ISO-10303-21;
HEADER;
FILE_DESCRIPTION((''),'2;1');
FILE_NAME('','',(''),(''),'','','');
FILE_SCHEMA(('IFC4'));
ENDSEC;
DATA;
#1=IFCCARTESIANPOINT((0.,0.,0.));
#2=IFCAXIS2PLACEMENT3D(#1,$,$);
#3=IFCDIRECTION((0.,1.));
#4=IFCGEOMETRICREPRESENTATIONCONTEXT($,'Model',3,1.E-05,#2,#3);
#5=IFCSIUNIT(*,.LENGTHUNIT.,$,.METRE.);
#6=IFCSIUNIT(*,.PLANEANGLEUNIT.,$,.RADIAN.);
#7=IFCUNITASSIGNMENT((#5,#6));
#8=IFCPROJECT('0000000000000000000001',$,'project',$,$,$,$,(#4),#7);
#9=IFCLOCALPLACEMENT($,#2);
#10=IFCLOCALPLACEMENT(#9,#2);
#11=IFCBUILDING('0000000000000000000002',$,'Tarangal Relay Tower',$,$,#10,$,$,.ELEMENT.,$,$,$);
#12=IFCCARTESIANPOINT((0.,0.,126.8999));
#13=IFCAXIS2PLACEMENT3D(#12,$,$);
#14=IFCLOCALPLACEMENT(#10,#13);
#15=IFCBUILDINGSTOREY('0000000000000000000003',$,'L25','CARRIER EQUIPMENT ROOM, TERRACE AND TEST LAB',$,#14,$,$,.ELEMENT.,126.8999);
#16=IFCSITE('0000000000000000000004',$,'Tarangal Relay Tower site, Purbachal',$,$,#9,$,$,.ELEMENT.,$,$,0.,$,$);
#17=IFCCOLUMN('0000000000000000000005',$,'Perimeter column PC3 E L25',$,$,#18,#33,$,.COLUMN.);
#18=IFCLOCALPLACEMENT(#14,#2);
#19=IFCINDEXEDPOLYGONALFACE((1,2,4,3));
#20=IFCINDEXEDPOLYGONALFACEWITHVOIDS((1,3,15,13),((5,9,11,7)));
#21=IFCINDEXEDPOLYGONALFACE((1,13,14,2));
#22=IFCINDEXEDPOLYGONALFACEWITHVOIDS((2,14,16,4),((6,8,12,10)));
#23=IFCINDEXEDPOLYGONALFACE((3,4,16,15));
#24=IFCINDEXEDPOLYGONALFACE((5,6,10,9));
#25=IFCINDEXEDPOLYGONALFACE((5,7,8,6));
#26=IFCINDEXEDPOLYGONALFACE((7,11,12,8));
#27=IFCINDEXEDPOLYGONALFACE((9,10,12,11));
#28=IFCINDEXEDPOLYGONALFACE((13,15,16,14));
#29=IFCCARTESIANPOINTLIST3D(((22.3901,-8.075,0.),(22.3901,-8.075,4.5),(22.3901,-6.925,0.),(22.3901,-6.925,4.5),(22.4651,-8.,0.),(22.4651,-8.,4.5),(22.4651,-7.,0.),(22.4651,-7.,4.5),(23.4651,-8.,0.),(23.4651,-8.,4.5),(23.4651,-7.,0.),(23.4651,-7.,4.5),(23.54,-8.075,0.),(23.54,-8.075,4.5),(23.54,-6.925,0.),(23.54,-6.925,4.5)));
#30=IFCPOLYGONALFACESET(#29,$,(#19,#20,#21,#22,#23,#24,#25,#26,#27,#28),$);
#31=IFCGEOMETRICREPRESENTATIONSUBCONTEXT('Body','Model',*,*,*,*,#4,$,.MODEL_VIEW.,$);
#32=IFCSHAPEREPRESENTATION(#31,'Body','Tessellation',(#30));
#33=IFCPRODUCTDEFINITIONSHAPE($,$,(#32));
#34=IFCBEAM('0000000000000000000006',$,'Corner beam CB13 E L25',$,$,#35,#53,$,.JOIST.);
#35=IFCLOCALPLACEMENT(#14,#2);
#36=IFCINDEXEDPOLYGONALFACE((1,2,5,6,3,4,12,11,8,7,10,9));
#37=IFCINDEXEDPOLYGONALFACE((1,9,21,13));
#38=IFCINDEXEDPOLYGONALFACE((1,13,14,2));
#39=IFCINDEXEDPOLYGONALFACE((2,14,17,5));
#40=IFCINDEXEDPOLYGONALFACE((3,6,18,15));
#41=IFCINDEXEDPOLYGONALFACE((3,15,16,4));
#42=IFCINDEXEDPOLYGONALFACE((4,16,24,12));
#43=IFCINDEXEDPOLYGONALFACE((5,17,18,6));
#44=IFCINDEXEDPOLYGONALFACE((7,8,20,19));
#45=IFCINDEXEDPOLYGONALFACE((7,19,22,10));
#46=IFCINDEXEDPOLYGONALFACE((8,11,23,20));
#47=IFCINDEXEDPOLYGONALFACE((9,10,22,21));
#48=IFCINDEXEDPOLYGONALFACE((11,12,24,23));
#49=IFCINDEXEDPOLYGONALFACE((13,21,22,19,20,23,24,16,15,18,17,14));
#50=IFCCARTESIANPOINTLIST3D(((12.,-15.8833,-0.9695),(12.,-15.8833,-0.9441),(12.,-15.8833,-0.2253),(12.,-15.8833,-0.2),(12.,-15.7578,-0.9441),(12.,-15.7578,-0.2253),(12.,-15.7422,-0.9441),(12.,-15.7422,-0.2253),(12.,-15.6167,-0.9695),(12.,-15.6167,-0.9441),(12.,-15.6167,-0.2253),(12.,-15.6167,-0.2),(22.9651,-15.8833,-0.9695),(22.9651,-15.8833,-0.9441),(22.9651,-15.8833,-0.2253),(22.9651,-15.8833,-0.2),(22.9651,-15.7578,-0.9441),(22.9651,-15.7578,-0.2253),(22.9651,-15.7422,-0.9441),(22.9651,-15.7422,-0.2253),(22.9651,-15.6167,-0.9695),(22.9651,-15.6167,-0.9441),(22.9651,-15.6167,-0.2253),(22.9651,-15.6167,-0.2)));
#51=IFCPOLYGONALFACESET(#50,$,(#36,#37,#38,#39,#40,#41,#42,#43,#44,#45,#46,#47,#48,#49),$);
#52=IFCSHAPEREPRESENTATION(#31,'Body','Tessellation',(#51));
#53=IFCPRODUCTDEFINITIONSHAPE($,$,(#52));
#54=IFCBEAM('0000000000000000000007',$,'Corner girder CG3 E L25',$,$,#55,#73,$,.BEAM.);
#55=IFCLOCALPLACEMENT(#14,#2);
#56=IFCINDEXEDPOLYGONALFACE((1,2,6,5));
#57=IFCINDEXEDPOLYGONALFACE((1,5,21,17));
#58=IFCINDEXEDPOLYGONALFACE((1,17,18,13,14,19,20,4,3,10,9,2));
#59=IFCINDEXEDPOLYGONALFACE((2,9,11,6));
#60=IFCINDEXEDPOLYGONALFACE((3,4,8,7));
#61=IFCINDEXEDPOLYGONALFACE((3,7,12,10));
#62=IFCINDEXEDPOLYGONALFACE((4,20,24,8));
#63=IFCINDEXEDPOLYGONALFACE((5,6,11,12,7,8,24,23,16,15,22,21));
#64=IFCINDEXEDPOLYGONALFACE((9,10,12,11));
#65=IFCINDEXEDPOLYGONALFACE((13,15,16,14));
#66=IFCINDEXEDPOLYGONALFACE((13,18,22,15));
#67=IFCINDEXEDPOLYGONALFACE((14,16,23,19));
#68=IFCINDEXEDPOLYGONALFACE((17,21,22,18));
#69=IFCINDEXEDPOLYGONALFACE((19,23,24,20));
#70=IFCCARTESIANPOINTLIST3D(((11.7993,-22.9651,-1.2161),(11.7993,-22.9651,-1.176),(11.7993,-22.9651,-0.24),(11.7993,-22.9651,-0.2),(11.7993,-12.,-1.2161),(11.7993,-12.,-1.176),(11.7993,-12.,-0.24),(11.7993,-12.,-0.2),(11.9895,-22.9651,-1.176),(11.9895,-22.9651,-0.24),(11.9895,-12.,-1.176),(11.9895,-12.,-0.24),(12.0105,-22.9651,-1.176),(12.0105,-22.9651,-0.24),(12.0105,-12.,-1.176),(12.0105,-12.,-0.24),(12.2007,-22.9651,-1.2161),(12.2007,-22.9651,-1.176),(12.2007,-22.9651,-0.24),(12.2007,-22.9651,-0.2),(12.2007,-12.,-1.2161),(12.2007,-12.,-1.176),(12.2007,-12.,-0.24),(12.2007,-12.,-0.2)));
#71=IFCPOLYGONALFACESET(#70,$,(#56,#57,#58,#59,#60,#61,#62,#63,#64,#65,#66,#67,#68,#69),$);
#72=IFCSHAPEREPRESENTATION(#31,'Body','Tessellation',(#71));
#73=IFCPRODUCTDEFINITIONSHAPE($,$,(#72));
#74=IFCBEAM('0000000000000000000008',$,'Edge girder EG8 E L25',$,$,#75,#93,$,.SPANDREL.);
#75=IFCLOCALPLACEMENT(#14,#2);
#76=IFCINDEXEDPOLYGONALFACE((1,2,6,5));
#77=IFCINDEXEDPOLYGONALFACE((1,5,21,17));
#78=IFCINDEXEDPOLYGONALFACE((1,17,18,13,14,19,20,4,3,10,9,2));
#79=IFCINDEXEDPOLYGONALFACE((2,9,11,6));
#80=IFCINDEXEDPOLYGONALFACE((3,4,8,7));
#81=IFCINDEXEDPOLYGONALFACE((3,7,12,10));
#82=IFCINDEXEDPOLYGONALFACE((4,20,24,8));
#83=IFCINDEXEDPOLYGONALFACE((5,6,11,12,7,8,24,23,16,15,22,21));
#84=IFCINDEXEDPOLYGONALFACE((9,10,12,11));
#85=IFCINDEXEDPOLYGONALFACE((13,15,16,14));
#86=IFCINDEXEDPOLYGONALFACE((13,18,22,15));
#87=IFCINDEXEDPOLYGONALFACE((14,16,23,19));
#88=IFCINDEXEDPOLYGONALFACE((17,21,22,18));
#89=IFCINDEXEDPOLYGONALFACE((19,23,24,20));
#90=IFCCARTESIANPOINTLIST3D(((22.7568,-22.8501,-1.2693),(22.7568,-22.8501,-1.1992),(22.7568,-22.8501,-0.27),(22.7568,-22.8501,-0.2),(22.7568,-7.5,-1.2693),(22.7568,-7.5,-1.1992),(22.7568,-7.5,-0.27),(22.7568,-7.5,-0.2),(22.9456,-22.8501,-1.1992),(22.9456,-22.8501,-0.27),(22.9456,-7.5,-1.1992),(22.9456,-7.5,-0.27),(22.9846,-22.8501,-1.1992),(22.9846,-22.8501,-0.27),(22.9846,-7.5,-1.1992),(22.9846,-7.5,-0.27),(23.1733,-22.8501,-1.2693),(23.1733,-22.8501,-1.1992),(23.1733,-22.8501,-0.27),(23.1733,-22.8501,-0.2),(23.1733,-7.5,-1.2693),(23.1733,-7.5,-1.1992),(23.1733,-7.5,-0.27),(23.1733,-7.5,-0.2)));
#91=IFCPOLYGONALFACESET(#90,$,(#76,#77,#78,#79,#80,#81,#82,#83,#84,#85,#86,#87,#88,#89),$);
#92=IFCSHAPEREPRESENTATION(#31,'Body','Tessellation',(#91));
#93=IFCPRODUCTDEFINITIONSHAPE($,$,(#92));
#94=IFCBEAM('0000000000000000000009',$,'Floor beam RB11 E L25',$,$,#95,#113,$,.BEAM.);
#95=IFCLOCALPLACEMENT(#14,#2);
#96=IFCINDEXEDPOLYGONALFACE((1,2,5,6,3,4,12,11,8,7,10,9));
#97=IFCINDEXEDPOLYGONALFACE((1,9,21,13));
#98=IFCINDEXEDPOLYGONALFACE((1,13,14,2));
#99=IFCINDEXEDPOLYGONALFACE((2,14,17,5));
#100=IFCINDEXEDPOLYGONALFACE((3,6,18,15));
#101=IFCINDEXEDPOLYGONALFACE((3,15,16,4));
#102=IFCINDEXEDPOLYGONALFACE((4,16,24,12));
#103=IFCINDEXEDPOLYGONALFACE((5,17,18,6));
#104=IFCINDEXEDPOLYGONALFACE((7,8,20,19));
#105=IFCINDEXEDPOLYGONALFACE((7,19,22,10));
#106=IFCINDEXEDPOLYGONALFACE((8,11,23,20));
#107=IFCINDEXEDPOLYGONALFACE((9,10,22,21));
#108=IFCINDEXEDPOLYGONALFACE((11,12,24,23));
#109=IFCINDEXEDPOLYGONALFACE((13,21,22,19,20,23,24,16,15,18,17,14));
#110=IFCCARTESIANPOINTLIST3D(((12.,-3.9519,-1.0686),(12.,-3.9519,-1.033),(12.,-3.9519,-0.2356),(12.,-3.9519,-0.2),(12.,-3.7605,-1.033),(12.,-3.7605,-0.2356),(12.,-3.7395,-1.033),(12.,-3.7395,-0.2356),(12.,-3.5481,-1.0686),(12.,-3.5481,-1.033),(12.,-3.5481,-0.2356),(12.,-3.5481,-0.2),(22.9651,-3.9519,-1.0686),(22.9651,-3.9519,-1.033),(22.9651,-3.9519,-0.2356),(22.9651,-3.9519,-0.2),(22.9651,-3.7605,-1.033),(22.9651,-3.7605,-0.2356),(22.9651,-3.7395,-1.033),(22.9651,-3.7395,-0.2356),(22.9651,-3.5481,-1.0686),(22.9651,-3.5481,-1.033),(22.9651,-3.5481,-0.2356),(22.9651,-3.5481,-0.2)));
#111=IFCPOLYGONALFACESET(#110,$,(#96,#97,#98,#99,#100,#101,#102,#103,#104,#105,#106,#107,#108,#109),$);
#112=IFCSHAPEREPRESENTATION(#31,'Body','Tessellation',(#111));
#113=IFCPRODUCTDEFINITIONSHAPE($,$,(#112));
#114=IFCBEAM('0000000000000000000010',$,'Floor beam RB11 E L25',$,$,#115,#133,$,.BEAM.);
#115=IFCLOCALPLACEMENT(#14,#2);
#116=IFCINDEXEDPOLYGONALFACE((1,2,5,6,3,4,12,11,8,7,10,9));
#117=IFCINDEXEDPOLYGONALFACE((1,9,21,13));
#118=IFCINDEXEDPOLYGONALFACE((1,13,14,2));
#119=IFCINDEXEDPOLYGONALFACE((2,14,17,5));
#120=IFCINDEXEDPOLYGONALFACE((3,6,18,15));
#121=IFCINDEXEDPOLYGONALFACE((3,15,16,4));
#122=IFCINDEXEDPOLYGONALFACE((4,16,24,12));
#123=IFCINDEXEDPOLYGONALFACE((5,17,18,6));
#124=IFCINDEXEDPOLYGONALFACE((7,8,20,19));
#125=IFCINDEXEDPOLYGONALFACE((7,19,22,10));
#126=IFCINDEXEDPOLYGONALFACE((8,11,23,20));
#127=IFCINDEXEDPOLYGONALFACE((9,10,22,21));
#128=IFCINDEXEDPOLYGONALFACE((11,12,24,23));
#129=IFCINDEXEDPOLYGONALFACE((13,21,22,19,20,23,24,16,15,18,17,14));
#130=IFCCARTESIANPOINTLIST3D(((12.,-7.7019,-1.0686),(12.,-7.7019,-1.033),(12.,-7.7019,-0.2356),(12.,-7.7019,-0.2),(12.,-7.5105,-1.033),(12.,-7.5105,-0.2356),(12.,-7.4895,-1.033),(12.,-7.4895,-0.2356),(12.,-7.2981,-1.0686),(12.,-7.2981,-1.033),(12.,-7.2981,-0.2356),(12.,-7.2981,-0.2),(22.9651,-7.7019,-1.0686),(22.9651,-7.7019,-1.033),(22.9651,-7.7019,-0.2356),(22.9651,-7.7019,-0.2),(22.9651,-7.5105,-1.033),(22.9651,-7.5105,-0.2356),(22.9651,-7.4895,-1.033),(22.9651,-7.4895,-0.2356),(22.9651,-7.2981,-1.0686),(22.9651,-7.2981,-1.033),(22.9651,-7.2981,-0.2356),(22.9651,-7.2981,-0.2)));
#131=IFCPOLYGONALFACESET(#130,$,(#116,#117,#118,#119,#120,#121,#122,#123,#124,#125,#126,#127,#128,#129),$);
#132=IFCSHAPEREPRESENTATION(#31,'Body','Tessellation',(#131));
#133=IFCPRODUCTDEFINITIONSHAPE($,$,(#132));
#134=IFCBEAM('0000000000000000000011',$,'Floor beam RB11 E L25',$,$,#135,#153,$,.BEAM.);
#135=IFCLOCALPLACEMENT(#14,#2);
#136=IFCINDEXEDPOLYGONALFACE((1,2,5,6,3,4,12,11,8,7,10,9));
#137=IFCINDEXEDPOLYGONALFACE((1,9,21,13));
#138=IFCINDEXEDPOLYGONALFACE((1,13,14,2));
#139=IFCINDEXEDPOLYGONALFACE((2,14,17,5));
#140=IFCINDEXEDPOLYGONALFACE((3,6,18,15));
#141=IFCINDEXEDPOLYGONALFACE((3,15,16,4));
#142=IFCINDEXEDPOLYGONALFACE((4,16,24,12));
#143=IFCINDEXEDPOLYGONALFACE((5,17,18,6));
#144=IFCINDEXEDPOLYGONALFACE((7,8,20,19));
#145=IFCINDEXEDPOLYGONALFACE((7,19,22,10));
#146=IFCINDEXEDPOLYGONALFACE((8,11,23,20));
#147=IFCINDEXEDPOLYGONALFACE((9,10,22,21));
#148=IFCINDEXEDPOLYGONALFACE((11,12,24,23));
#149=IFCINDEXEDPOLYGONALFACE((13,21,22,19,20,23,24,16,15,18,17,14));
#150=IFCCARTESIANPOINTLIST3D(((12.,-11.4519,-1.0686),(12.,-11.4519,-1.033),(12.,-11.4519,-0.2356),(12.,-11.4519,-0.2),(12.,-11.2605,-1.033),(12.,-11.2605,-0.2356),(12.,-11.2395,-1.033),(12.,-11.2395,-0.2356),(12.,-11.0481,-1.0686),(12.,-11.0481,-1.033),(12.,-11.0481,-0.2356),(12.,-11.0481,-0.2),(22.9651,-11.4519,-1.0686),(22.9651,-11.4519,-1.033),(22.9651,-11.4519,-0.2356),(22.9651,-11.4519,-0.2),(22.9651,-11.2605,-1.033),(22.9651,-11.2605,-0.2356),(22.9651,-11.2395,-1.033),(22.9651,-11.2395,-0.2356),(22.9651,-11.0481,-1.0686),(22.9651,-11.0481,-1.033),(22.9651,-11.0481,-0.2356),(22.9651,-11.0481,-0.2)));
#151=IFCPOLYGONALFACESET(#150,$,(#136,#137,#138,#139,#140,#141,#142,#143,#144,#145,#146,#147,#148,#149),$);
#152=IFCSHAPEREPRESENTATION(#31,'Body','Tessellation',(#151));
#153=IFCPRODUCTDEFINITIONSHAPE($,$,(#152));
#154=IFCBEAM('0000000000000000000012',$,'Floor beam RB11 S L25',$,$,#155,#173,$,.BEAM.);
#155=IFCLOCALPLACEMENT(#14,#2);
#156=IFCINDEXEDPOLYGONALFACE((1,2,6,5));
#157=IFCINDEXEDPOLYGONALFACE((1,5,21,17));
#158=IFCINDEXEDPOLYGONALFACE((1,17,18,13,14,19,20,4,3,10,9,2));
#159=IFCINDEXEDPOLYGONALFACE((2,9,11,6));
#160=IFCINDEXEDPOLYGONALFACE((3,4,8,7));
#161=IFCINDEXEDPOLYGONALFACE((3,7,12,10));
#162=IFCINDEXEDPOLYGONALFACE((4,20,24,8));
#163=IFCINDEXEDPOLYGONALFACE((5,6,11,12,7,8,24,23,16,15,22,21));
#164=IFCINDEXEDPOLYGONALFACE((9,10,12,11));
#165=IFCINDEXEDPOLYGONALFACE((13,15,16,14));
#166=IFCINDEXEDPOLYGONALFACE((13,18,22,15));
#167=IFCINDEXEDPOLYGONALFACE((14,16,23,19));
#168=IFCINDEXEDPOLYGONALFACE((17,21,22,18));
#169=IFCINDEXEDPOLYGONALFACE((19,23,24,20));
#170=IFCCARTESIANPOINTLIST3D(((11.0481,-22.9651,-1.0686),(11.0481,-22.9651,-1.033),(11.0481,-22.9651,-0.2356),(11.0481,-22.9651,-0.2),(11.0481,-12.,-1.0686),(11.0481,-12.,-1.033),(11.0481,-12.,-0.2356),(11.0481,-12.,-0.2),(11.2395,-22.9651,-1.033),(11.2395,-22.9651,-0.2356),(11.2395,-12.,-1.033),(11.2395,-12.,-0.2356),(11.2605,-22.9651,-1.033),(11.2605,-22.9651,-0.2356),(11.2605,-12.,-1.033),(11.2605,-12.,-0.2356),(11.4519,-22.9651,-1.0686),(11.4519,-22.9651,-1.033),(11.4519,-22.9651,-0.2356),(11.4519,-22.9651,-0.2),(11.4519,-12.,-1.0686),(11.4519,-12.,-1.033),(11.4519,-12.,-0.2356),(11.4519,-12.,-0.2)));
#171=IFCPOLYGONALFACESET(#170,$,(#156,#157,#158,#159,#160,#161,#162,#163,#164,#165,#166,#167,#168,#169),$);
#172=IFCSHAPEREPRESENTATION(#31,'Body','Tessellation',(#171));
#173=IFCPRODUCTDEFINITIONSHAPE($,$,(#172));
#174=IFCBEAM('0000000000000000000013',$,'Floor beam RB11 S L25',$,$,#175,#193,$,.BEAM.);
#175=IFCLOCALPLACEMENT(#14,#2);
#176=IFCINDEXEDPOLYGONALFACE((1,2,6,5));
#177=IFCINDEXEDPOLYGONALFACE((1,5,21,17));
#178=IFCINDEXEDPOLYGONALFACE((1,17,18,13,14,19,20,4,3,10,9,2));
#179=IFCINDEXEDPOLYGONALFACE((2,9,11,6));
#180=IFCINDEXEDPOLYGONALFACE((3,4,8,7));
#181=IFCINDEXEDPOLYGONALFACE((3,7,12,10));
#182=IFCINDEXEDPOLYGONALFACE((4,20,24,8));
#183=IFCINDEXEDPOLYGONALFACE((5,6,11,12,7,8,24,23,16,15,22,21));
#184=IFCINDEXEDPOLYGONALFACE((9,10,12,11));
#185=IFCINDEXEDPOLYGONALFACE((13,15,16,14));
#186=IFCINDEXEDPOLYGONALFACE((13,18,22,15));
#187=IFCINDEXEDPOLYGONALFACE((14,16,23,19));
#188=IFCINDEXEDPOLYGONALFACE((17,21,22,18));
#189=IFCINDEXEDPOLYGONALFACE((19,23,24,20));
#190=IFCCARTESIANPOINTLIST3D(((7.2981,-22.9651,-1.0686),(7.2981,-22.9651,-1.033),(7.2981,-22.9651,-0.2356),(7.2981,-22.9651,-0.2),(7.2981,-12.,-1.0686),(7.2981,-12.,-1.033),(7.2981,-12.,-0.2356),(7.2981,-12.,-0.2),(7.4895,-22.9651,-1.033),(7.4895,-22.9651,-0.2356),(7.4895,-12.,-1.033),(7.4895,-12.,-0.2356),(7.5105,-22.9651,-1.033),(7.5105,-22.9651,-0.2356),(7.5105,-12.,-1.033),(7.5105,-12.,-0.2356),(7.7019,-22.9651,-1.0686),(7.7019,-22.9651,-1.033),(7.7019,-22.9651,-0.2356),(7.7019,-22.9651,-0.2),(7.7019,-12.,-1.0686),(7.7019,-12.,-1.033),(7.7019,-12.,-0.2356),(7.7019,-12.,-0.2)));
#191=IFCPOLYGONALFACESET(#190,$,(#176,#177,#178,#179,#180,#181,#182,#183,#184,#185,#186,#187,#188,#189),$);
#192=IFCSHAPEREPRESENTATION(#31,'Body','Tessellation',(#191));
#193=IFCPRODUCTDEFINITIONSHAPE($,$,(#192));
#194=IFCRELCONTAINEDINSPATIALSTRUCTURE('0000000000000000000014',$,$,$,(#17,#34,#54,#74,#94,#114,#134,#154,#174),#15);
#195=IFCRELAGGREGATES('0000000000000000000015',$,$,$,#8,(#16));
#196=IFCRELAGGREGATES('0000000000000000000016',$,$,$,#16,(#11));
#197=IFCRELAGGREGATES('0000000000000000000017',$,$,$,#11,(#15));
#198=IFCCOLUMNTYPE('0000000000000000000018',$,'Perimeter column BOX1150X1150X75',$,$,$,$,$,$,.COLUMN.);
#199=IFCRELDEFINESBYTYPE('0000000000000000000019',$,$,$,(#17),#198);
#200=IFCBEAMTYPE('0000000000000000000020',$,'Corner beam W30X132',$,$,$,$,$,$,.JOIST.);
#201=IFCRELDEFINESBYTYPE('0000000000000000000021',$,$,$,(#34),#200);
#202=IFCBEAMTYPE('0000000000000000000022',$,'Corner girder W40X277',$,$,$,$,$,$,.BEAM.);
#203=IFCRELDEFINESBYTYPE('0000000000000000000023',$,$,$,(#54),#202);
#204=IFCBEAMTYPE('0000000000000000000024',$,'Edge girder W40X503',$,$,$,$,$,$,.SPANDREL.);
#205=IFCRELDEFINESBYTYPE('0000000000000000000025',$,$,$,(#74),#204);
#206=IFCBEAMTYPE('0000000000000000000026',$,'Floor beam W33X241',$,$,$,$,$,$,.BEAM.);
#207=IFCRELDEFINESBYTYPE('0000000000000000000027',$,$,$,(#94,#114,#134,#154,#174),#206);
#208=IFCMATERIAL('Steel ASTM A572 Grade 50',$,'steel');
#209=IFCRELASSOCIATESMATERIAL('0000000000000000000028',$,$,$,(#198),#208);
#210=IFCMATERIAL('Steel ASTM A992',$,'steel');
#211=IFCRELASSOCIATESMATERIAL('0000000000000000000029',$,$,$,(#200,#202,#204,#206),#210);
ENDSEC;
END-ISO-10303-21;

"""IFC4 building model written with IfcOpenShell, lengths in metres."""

from ifc_helpers import new_model, si_unit, direction, frame, origin, origin_2d, place, context, subcontext, project, spatial, hollow_rectangle, i_section, extrude, material, material_profile, profile_set, type_object, element, save


model = new_model("IFC4")

# Units and contexts
model_context = context("Model", 3, precision=1e-05, world=origin(), true_north=direction((0.0, 1.0)))
body_context = subcontext(model_context, "Body", "Model", "MODEL_VIEW")
ifc_project = project(units=[si_unit("LENGTHUNIT", "METRE"), si_unit("PLANEANGLEUNIT", "RADIAN")], contexts=[model_context])

# Site, building, storey
site_placement = place(None, origin())
site = spatial("IfcSite", under=ifc_project, at=site_placement, Name="Tarangal Relay Tower site, Purbachal", CompositionType="ELEMENT", RefElevation=0.0)
building_placement = place(site_placement, origin())
building = spatial("IfcBuilding", under=site, at=building_placement, Name="Tarangal Relay Tower", CompositionType="ELEMENT")
storey_placement = place(building_placement, frame((0.0, 0.0, 126.8999)))
storey = spatial("IfcBuildingStorey", under=building, at=storey_placement, Name="L25", Description="CARRIER EQUIPMENT ROOM, TERRACE AND TEST LAB", CompositionType="ELEMENT", Elevation=126.8999)

# Column
ifc_material_1 = material(Name="Steel ASTM A572 Grade 50", Category="steel")
ifc_material_profile_1 = material_profile(ifc_material_1, hollow_rectangle(XDim=1.1499, YDim=1.1499, WallThickness=0.075, at=origin_2d()), Name="BOX1150X1150X75")
ifc_profile_set_1 = profile_set([ifc_material_profile_1], Name="Steel ASTM A572 Grade 50")
column_type = type_object("IfcColumnType", Name="Perimeter column BOX1150X1150X75", PredefinedType="COLUMN", material=ifc_profile_set_1)
column_placement = place(storey_placement, frame((22.9651, -7.5, 0.0), z_axis=(0.0, 0.0, 1.0), x_axis=(1.0, 0.0, 0.0)))
element("IfcColumn", 1, at=column_placement, inside=storey, type_object=column_type, Name="Perimeter column PC3 E L25", PredefinedType="COLUMN", context=body_context, shape_type="SweptSolid", body=[
    extrude(hollow_rectangle(XDim=1.1499, YDim=1.1499, WallThickness=0.075, at=origin_2d()), origin(), (0.0, 0.0, 1.0), 4.5),
])

# Beams
ifc_material_2 = material(Name="Steel ASTM A992", Category="steel")
ifc_material_profile_2 = material_profile(ifc_material_2, i_section(OverallWidth=0.2666, OverallDepth=0.7695, WebThickness=0.0156, FlangeThickness=0.0254, at=origin_2d()), Name="W30X132")
ifc_profile_set_2 = profile_set([ifc_material_profile_2], Name="Steel ASTM A992")
beam_type_1 = type_object("IfcBeamType", Name="Corner beam W30X132", PredefinedType="JOIST", material=ifc_profile_set_2)
beam_1_placement = place(storey_placement, frame((12.0, -15.75, -0.5847), z_axis=(1.0, 0.0, 0.0), x_axis=(0.0, 1.0, 0.0)))
element("IfcBeam", 2, at=beam_1_placement, inside=storey, type_object=beam_type_1, Name="Corner beam CB13 E L25", PredefinedType="JOIST", context=body_context, shape_type="SweptSolid", body=[
    extrude(i_section(OverallWidth=0.2666, OverallDepth=0.7695, WebThickness=0.0156, FlangeThickness=0.0254, at=origin_2d()), origin(), (0.0, 0.0, 1.0), 10.9651),
])
ifc_material_profile_3 = material_profile(ifc_material_2, i_section(OverallWidth=0.4014, OverallDepth=1.0161, WebThickness=0.021, FlangeThickness=0.04, at=origin_2d()), Name="W40X277")
ifc_profile_set_3 = profile_set([ifc_material_profile_3], Name="Steel ASTM A992")
beam_type_2 = type_object("IfcBeamType", Name="Corner girder W40X277", PredefinedType="BEAM", material=ifc_profile_set_3)
beam_2_placement = place(storey_placement, frame((12.0, -12.0, -0.708), z_axis=(0.0, -1.0, 0.0), x_axis=(1.0, 0.0, 0.0)))
element("IfcBeam", 3, at=beam_2_placement, inside=storey, type_object=beam_type_2, Name="Corner girder CG3 E L25", PredefinedType="BEAM", context=body_context, shape_type="SweptSolid", body=[
    extrude(i_section(OverallWidth=0.4014, OverallDepth=1.0161, WebThickness=0.021, FlangeThickness=0.04, at=origin_2d()), origin(), (0.0, 0.0, 1.0), 10.9651),
])
ifc_material_profile_4 = material_profile(ifc_material_2, i_section(OverallWidth=0.4165, OverallDepth=1.0693, WebThickness=0.0391, FlangeThickness=0.0701, at=origin_2d()), Name="W40X503")
ifc_profile_set_4 = profile_set([ifc_material_profile_4], Name="Steel ASTM A992")
beam_type_3 = type_object("IfcBeamType", Name="Edge girder W40X503", PredefinedType="SPANDREL", material=ifc_profile_set_4)
beam_3_placement = place(storey_placement, frame((22.9651, -7.5, -0.7346), z_axis=(0.0, -1.0, 0.0), x_axis=(1.0, 0.0, 0.0)))
element("IfcBeam", 4, at=beam_3_placement, inside=storey, type_object=beam_type_3, Name="Edge girder EG8 E L25", PredefinedType="SPANDREL", context=body_context, shape_type="SweptSolid", body=[
    extrude(i_section(OverallWidth=0.4165, OverallDepth=1.0693, WebThickness=0.0391, FlangeThickness=0.0701, at=origin_2d()), origin(), (0.0, 0.0, 1.0), 15.3501),
])
ifc_material_profile_5 = material_profile(ifc_material_2, i_section(OverallWidth=0.4038, OverallDepth=0.8687, WebThickness=0.021, FlangeThickness=0.0356, at=origin_2d()), Name="W33X241")
ifc_profile_set_5 = profile_set([ifc_material_profile_5], Name="Steel ASTM A992")
beam_type_4 = type_object("IfcBeamType", Name="Floor beam W33X241", PredefinedType="BEAM", material=ifc_profile_set_5)
for number, where, z_axis, x_axis, name in (
    (5, (12.0, -3.75, -0.6343), (1.0, 0.0, 0.0), (0.0, 1.0, 0.0), "Floor beam RB11 E L25"),
    (6, (12.0, -7.5, -0.6343), (1.0, 0.0, 0.0), (0.0, 1.0, 0.0), "Floor beam RB11 E L25"),
    (7, (12.0, -11.25, -0.6343), (1.0, 0.0, 0.0), (0.0, 1.0, 0.0), "Floor beam RB11 E L25"),
    (8, (11.25, -12.0, -0.6343), (0.0, -1.0, 0.0), (1.0, 0.0, 0.0), "Floor beam RB11 S L25"),
    (9, (7.5, -12.0, -0.6343), (0.0, -1.0, 0.0), (1.0, 0.0, 0.0), "Floor beam RB11 S L25"),
):
    element("IfcBeam", number, at=place(storey_placement, frame(where, z_axis=z_axis, x_axis=x_axis)), inside=storey, type_object=beam_type_4, Name=name, PredefinedType="BEAM", context=body_context, shape_type="SweptSolid", body=[
        extrude(i_section(OverallWidth=0.4038, OverallDepth=0.8687, WebThickness=0.021, FlangeThickness=0.0356, at=origin_2d()), origin(), (0.0, 0.0, 1.0), 10.9651),
    ])

save(model, "model.ifc")
